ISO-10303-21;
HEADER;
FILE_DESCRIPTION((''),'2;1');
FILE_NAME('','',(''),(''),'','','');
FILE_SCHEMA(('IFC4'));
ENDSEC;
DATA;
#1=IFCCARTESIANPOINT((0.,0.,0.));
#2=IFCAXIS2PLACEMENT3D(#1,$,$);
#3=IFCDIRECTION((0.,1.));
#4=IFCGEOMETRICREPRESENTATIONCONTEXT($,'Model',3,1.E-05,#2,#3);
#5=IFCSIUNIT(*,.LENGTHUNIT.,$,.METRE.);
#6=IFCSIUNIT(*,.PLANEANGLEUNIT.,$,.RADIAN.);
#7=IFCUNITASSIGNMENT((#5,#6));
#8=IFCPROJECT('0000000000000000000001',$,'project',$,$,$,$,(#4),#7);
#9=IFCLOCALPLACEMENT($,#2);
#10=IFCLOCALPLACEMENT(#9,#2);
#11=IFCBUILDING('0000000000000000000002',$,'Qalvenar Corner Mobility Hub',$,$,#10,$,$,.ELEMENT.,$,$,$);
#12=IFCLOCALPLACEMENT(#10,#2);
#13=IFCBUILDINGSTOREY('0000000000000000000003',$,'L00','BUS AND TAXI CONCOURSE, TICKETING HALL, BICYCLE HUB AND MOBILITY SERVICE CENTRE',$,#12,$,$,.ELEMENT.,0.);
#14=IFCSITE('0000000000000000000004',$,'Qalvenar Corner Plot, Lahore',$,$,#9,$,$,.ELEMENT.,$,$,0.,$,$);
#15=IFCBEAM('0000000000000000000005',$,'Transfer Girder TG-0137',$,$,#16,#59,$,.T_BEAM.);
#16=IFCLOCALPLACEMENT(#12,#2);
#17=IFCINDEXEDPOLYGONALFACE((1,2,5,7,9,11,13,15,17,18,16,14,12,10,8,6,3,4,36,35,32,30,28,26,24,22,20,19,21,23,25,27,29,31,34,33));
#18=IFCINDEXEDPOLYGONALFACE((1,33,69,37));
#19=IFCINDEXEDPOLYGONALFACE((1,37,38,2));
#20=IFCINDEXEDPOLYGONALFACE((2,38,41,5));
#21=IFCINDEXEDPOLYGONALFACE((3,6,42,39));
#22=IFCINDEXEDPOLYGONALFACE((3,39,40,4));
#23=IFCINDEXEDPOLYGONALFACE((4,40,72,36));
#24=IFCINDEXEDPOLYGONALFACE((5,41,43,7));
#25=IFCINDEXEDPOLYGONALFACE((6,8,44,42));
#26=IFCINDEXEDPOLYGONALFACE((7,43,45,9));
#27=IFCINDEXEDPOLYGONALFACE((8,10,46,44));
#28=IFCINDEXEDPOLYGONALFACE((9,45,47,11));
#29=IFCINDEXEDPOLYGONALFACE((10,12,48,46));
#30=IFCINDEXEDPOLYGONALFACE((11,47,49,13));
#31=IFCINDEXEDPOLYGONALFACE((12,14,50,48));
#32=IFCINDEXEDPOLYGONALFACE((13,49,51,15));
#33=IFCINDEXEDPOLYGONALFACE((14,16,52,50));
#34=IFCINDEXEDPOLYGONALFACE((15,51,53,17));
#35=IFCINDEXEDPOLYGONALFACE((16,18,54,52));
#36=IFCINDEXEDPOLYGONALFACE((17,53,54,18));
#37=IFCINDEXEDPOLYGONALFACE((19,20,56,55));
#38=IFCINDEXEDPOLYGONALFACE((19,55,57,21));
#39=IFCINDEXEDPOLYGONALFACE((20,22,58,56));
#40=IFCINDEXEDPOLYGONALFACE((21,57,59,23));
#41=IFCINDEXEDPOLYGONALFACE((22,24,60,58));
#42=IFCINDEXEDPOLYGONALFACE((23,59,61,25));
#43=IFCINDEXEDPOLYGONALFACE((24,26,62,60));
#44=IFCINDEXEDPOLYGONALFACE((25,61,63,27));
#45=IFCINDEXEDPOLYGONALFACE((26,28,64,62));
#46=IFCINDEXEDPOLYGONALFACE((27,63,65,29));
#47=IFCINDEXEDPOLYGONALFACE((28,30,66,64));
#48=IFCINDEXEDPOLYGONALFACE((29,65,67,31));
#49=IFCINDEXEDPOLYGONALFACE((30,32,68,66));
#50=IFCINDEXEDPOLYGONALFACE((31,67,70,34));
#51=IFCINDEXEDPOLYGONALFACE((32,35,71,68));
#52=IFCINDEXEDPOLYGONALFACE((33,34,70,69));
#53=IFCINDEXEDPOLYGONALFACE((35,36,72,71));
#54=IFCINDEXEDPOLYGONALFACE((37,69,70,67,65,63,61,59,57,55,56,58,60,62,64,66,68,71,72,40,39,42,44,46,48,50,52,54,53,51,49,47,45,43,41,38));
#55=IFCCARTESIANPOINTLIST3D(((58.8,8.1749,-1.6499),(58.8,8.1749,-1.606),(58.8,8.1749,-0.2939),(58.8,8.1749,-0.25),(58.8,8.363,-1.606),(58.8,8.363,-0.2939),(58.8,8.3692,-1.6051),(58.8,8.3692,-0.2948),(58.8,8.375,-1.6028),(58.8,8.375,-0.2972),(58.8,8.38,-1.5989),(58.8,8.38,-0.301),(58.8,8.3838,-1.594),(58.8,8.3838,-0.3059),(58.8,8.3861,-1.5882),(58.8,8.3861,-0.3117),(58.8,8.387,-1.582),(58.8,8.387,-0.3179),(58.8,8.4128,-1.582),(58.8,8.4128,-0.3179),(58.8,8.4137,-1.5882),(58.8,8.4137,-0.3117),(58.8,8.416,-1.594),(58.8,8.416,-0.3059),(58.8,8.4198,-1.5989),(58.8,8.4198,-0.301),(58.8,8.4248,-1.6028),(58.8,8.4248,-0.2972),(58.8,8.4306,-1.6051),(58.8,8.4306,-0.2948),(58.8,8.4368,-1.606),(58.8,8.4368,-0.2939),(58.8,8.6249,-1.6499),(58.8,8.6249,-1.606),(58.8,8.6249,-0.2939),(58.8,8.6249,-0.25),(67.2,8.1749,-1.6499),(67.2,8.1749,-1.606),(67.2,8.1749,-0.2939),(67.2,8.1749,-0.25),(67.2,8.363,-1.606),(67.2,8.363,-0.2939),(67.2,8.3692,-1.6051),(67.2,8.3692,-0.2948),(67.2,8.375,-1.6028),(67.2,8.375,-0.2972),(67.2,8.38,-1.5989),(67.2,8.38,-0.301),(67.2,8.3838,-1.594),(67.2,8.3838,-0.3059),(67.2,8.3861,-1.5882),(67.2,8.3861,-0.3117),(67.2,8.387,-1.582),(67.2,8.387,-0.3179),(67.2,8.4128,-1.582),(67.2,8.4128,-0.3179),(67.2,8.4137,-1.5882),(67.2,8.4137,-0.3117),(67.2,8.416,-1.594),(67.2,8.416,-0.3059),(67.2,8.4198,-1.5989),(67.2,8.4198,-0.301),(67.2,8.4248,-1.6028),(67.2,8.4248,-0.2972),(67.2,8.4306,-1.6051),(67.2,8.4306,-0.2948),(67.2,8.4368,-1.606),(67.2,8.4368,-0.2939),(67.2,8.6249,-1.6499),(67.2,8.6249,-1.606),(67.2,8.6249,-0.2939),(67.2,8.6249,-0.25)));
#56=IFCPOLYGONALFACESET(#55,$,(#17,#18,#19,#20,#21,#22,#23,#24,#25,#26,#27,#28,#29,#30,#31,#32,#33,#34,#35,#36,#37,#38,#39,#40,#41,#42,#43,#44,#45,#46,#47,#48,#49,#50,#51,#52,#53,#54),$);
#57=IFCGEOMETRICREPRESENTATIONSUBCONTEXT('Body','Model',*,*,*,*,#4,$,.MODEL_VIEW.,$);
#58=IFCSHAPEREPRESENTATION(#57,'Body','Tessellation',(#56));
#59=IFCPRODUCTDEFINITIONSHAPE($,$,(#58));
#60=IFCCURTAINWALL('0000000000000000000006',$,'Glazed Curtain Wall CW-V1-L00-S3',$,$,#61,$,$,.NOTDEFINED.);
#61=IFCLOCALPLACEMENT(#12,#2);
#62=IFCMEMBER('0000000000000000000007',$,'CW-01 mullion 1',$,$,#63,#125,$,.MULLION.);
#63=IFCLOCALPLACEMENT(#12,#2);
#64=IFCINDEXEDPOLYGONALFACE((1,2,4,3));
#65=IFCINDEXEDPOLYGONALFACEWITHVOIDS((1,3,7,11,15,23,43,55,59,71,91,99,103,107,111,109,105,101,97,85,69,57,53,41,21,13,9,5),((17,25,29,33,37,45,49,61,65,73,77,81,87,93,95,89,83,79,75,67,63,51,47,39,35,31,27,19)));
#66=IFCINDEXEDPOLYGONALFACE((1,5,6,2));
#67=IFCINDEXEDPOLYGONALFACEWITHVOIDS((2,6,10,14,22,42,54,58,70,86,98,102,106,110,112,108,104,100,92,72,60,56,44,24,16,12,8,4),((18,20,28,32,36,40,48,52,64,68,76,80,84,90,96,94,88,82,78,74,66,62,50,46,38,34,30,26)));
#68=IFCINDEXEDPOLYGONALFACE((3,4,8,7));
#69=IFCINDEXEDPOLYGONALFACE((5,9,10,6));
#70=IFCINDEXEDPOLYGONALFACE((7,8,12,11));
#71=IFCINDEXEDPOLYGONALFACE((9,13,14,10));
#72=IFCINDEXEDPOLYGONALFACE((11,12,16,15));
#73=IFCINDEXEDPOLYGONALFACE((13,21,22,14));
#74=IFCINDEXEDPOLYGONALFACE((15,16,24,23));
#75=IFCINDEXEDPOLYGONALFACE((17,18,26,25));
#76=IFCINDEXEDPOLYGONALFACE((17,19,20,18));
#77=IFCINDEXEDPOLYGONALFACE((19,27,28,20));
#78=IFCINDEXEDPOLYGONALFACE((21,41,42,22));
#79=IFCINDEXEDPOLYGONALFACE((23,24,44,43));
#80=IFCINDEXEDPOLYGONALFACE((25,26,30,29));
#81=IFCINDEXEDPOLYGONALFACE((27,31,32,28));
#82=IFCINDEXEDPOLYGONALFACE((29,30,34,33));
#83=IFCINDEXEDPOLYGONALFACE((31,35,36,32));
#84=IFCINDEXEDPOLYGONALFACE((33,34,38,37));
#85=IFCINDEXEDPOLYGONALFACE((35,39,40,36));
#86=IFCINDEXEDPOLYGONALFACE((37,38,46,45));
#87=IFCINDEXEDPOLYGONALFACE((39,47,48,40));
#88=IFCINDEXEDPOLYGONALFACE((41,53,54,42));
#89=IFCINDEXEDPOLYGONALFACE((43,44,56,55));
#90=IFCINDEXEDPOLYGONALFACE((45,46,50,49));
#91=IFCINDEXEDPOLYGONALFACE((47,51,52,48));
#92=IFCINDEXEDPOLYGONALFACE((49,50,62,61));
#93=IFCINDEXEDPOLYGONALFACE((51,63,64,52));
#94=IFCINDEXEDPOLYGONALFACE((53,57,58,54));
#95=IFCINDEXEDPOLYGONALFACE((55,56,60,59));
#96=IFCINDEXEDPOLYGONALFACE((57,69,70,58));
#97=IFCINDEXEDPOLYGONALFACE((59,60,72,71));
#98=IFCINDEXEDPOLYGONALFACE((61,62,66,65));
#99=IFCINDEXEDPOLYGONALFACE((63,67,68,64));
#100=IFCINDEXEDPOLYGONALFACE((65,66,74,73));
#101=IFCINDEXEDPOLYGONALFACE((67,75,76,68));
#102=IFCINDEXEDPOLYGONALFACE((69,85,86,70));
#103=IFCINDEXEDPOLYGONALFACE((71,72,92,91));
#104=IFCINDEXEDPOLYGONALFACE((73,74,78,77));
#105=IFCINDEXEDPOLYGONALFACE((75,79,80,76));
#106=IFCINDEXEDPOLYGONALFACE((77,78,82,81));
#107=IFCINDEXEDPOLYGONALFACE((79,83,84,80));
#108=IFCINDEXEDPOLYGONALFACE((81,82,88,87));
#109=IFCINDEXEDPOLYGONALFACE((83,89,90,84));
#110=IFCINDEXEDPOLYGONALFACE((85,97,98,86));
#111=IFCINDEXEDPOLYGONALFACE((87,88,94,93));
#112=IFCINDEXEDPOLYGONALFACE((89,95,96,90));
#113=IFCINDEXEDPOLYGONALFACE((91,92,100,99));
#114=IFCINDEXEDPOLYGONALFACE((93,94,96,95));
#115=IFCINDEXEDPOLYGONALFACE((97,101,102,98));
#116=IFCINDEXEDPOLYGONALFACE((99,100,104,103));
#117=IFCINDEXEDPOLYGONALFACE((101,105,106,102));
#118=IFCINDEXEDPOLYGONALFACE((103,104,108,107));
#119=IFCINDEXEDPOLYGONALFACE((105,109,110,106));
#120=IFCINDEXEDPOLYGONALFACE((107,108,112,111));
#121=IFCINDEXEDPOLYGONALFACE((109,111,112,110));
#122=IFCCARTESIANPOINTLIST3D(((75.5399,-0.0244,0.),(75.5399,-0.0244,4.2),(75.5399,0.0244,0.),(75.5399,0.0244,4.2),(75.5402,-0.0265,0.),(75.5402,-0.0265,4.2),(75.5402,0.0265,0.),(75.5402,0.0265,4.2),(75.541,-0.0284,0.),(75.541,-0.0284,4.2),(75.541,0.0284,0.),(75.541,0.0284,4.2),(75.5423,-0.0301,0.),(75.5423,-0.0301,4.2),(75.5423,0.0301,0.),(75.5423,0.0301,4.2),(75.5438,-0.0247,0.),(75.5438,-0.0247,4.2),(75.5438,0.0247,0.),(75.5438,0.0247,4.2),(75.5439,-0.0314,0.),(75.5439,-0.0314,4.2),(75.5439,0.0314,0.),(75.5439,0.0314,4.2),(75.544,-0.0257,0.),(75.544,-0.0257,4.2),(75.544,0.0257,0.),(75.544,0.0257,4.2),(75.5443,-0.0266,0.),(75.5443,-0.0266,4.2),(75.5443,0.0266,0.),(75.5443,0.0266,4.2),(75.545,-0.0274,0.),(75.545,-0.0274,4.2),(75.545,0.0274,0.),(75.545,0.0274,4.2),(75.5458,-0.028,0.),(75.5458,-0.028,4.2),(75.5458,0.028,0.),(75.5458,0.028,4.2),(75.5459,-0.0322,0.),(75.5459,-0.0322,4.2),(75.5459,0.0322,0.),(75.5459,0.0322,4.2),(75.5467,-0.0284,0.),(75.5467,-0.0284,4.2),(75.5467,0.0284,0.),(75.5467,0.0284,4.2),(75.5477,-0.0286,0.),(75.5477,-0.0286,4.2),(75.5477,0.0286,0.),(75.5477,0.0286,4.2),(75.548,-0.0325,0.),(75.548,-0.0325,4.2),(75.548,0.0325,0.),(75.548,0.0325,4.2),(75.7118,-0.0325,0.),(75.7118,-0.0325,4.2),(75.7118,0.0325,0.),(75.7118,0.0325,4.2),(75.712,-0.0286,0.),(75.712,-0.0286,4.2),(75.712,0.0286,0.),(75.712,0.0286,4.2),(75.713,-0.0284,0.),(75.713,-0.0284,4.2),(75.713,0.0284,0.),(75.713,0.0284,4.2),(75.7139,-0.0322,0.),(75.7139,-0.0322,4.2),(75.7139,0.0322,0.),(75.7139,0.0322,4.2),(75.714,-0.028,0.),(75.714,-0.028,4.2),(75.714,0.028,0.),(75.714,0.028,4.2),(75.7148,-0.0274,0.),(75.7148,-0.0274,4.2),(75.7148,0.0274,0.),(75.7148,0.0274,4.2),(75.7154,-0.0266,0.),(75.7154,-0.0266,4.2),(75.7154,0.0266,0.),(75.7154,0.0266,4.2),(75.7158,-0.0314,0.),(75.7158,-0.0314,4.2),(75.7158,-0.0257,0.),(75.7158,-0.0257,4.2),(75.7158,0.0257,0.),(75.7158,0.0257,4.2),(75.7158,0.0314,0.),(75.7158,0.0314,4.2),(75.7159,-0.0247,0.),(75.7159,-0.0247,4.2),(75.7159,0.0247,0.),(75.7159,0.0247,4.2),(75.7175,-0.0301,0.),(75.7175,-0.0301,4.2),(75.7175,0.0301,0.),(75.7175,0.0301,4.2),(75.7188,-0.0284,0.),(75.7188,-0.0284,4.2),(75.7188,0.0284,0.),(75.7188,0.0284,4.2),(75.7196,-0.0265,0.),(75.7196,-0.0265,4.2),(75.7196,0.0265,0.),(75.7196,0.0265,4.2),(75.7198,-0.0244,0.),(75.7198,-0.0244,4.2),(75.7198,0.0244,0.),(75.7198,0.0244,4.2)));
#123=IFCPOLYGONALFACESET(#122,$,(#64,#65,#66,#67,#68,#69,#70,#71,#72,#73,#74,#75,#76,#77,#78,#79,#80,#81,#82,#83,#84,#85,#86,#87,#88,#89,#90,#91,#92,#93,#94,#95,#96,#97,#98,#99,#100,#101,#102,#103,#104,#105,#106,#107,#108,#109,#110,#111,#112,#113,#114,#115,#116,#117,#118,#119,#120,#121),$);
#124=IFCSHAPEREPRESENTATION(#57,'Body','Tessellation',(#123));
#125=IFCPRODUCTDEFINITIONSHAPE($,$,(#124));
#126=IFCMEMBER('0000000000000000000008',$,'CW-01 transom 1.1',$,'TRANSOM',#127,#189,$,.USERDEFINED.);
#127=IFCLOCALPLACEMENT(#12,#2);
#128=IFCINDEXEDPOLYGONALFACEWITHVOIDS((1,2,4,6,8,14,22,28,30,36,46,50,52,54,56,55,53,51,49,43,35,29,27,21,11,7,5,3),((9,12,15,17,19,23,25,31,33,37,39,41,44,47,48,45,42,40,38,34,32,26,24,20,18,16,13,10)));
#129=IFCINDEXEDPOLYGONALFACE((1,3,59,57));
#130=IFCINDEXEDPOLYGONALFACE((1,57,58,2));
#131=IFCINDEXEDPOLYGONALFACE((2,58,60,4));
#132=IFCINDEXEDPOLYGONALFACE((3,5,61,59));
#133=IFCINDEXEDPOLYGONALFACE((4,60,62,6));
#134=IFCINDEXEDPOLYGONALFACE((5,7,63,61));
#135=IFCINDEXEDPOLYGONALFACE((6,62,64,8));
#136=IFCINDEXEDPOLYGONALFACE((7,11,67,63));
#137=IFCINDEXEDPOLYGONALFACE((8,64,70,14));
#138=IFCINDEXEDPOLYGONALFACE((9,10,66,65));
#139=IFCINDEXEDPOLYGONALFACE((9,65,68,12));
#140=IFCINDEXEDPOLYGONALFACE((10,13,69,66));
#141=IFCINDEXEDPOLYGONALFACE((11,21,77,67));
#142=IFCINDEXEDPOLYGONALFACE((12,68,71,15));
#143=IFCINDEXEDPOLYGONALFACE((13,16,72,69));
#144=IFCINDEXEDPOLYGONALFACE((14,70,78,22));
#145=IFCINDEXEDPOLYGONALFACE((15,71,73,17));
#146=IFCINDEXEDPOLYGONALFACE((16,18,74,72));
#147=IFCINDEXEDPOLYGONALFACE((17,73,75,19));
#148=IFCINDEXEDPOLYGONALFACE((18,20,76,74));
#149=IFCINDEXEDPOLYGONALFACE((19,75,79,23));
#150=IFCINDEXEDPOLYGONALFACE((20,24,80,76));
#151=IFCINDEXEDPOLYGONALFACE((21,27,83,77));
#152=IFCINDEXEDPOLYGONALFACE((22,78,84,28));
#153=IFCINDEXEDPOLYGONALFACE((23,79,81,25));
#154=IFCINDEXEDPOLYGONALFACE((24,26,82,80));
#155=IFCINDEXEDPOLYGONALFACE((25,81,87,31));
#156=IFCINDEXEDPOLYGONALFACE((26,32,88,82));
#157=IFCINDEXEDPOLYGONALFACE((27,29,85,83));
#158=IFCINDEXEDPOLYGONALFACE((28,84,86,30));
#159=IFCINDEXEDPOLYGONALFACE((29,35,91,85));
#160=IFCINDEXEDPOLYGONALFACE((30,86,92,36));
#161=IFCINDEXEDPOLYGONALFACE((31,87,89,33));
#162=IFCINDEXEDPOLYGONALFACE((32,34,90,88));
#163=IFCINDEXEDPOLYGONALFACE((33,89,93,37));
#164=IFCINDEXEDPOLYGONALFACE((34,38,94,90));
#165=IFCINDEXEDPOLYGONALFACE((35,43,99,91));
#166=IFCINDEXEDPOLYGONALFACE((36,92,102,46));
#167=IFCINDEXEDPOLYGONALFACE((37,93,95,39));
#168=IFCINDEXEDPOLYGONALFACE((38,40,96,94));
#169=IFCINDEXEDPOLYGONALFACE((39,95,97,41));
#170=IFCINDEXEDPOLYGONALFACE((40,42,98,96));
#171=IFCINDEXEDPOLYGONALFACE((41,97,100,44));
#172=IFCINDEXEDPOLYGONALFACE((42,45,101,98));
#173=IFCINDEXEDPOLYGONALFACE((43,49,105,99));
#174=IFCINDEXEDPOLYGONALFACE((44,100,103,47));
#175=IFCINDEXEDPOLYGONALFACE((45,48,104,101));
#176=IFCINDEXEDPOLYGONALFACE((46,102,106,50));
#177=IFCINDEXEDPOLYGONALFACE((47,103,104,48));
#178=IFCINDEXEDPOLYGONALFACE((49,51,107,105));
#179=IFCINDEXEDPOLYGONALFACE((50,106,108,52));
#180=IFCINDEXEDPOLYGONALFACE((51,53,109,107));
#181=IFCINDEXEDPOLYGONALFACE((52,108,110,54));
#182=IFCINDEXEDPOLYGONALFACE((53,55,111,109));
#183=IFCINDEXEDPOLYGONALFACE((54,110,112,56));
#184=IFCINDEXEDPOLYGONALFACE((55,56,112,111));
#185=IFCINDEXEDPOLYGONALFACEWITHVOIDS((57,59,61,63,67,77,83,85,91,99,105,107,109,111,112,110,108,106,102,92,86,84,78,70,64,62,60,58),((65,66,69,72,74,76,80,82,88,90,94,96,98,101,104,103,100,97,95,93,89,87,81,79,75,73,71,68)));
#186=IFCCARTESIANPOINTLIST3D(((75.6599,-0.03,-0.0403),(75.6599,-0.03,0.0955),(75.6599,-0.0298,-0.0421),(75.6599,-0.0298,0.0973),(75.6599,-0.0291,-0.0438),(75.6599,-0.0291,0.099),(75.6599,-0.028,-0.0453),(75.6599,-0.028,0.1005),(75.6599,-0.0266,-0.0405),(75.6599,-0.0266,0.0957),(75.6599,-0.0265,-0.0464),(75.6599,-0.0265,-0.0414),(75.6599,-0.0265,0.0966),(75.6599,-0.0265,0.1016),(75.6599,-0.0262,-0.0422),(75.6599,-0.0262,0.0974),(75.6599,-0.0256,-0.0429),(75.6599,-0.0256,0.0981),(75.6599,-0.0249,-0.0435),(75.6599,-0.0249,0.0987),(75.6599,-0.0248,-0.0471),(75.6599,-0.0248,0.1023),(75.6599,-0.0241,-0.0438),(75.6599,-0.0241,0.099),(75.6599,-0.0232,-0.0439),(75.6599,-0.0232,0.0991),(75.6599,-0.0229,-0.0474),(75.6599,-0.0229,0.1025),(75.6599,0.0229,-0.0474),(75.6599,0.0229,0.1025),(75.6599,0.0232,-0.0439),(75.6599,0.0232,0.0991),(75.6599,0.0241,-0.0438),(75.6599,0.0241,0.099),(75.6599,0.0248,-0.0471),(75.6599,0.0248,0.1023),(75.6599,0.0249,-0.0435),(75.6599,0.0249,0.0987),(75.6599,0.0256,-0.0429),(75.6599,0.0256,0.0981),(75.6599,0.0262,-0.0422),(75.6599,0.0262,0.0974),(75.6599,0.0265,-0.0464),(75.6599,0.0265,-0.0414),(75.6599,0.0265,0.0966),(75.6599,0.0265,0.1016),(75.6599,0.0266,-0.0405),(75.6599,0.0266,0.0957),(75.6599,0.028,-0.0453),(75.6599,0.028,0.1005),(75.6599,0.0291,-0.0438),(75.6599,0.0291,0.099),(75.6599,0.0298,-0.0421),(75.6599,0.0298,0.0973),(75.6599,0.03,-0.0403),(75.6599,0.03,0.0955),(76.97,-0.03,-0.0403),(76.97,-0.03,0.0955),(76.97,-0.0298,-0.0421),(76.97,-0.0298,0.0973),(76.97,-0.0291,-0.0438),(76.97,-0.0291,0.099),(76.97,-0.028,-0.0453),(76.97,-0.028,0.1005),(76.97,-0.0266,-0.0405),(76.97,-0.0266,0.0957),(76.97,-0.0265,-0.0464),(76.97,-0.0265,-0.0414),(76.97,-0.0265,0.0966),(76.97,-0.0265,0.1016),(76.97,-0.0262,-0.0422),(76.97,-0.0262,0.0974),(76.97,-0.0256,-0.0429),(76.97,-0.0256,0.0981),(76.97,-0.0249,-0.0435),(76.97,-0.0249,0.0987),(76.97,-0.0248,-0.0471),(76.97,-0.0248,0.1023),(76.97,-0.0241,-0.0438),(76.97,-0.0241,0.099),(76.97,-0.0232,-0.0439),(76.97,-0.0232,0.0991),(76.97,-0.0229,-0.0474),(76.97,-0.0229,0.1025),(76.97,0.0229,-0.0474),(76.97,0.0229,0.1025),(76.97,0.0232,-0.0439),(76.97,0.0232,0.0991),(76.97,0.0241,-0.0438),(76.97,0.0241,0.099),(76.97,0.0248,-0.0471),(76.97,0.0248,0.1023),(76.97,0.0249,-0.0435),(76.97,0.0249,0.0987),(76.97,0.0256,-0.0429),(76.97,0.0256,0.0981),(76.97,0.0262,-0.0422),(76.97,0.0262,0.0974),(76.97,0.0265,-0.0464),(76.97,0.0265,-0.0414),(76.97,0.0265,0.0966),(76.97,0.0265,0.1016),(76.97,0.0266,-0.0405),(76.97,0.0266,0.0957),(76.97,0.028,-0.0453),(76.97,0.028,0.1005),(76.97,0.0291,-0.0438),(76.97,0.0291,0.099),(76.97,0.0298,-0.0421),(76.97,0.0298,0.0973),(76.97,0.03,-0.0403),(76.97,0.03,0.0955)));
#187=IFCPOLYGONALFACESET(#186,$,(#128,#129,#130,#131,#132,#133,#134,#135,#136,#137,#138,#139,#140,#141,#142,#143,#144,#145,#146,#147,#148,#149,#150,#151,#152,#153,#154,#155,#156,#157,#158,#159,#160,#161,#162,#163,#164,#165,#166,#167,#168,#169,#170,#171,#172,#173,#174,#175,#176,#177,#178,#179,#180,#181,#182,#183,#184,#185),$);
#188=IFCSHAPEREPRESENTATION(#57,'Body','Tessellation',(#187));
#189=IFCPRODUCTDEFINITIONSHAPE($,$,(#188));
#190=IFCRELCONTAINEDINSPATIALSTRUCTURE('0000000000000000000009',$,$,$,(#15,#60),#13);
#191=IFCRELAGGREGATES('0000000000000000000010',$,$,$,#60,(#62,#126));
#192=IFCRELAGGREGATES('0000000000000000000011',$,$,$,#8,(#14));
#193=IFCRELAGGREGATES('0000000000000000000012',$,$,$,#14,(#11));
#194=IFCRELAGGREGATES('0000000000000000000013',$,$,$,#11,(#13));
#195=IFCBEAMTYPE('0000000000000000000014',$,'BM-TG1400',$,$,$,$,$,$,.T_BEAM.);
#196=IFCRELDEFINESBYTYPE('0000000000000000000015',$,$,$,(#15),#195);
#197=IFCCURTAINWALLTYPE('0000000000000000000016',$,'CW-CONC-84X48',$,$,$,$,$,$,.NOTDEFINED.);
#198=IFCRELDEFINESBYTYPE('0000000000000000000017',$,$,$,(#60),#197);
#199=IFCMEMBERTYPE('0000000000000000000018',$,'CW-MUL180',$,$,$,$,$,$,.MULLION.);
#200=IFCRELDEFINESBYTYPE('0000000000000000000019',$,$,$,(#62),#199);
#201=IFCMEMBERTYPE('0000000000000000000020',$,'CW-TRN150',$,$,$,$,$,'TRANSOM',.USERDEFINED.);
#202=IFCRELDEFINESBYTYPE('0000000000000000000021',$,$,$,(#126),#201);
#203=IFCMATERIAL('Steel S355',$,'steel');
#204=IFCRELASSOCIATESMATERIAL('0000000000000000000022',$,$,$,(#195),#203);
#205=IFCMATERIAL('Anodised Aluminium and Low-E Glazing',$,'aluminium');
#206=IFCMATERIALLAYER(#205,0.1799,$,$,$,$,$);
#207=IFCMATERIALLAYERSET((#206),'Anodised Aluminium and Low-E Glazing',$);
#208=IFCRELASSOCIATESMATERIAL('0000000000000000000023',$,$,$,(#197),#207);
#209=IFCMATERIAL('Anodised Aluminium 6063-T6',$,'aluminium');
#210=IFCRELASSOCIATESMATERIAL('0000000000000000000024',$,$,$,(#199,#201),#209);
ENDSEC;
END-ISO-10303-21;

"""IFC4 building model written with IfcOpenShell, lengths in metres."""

from ifc_helpers import new_model, si_unit, direction, frame, origin, origin_2d, place, context, subcontext, project, spatial, hollow_rectangle, i_section, extrude, material, layer, layer_set, material_profile, profile_set, type_object, element, aggregate, save


model = new_model("IFC4")

# Units and contexts
model_context = context("Model", 3, precision=1e-05, world=origin(), true_north=direction((0.0, 1.0)))
body_context = subcontext(model_context, "Body", "Model", "MODEL_VIEW")
ifc_project = project(units=[si_unit("LENGTHUNIT", "METRE"), si_unit("PLANEANGLEUNIT", "RADIAN")], contexts=[model_context])

# Site, building, storey
site_placement = place(None, origin())
site = spatial("IfcSite", under=ifc_project, at=site_placement, Name="Qalvenar Corner Plot, Lahore", CompositionType="ELEMENT", RefElevation=0.0)
building_placement = place(site_placement, origin())
building = spatial("IfcBuilding", under=site, at=building_placement, Name="Qalvenar Corner Mobility Hub", CompositionType="ELEMENT")
storey_placement = place(building_placement, origin())
storey = spatial("IfcBuildingStorey", under=building, at=storey_placement, Name="L00", Description="BUS AND TAXI CONCOURSE, TICKETING HALL, BICYCLE HUB AND MOBILITY SERVICE CENTRE", CompositionType="ELEMENT", Elevation=0.0)

# Shared definitions
ifc_material_1 = material(Name="Steel S355", Category="steel")

# Beam
ifc_material_profile_1 = material_profile(ifc_material_1, i_section(OverallWidth=0.45, OverallDepth=1.3999, WebThickness=0.0259, FlangeThickness=0.0439, FilletRadius=0.0239, at=origin_2d()), Name="W1100x499-TG1400")
ifc_profile_set_1 = profile_set([ifc_material_profile_1], Name="Steel S355")
beam_type_1 = type_object("IfcBeamType", Name="BM-TG1400", PredefinedType="T_BEAM", material=ifc_profile_set_1)
for number, where, z_axis, x_axis, name in (
    (1, (58.8, 8.3999, -0.95), (1.0, 0.0, 0.0), (0.0, 1.0, 0.0), "Transfer Girder TG-0137"),
):
    element("IfcBeam", number, at=place(storey_placement, frame(where, z_axis=z_axis, x_axis=x_axis)), inside=storey, type_object=beam_type_1, Name=name, PredefinedType="T_BEAM", context=body_context, shape_type="SweptSolid", body=[
        extrude(i_section(OverallWidth=0.45, OverallDepth=1.3999, WebThickness=0.0259, FlangeThickness=0.0439, FilletRadius=0.0239, at=origin_2d()), origin(), (0.0, 0.0, 1.0), 8.3999),
    ])

# Curtain wall, members
ifc_material_2 = material(Name="Anodised Aluminium and Low-E Glazing", Category="aluminium")
ifc_layer_1 = layer(ifc_material_2, 0.1799)
ifc_layer_set_1 = layer_set([ifc_layer_1], Name="Anodised Aluminium and Low-E Glazing")
curtain_wall_type = type_object("IfcCurtainWallType", Name="CW-CONC-84X48", PredefinedType="NOTDEFINED", material=ifc_layer_set_1)
curtain_wall_placement = place(storey_placement, origin())
curtain_wall = element("IfcCurtainWall", 2, at=curtain_wall_placement, inside=storey, type_object=curtain_wall_type, Name="Glazed Curtain Wall CW-V1-L00-S3", PredefinedType="NOTDEFINED")
ifc_material_3 = material(Name="Anodised Aluminium 6063-T6", Category="aluminium")
ifc_material_profile_2 = material_profile(ifc_material_3, hollow_rectangle(XDim=0.0649, YDim=0.1799, WallThickness=0.0039, InnerFilletRadius=0.0039, OuterFilletRadius=0.0081, at=origin_2d()), Name="RHS180x65x4")
ifc_profile_set_2 = profile_set([ifc_material_profile_2], Name="Anodised Aluminium 6063-T6")
member_type_1 = type_object("IfcMemberType", Name="CW-MUL180", PredefinedType="MULLION", material=ifc_profile_set_2)
member_1_placement = place(storey_placement, frame((75.6299, 0.0, 0.0), z_axis=(0.0, 0.0, 1.0), x_axis=(0.0, 1.0, 0.0)))
member_1 = element("IfcMember", 3, at=member_1_placement, type_object=member_type_1, Name="CW-01 mullion 1", PredefinedType="MULLION", context=body_context, shape_type="SweptSolid", body=[
    extrude(hollow_rectangle(XDim=0.0649, YDim=0.1799, WallThickness=0.0039, InnerFilletRadius=0.0039, OuterFilletRadius=0.0081, at=origin_2d()), origin(), (0.0, 0.0, 1.0), 4.2),
])
ifc_material_profile_3 = material_profile(ifc_material_3, hollow_rectangle(XDim=0.0601, YDim=0.1499, WallThickness=0.0034, InnerFilletRadius=0.0034, OuterFilletRadius=0.0071, at=origin_2d()), Name="RHS150x60x3.5")
ifc_profile_set_3 = profile_set([ifc_material_profile_3], Name="Anodised Aluminium 6063-T6")
member_type_2 = type_object("IfcMemberType", Name="CW-TRN150", ElementType="TRANSOM", PredefinedType="USERDEFINED", material=ifc_profile_set_3)
member_2_placement = place(storey_placement, frame((75.6599, 0.0, 0.0276), z_axis=(1.0, 0.0, 0.0), x_axis=(0.0, 1.0, 0.0)))
member_2 = element("IfcMember", 4, at=member_2_placement, type_object=member_type_2, Name="CW-01 transom 1.1", ObjectType="TRANSOM", PredefinedType="USERDEFINED", context=body_context, shape_type="SweptSolid", body=[
    extrude(hollow_rectangle(XDim=0.0601, YDim=0.1499, WallThickness=0.0034, InnerFilletRadius=0.0034, OuterFilletRadius=0.0071, at=origin_2d()), origin(), (0.0, 0.0, 1.0), 1.3101),
])
aggregate(curtain_wall, [member_1, member_2])

save(model, "model.ifc")
